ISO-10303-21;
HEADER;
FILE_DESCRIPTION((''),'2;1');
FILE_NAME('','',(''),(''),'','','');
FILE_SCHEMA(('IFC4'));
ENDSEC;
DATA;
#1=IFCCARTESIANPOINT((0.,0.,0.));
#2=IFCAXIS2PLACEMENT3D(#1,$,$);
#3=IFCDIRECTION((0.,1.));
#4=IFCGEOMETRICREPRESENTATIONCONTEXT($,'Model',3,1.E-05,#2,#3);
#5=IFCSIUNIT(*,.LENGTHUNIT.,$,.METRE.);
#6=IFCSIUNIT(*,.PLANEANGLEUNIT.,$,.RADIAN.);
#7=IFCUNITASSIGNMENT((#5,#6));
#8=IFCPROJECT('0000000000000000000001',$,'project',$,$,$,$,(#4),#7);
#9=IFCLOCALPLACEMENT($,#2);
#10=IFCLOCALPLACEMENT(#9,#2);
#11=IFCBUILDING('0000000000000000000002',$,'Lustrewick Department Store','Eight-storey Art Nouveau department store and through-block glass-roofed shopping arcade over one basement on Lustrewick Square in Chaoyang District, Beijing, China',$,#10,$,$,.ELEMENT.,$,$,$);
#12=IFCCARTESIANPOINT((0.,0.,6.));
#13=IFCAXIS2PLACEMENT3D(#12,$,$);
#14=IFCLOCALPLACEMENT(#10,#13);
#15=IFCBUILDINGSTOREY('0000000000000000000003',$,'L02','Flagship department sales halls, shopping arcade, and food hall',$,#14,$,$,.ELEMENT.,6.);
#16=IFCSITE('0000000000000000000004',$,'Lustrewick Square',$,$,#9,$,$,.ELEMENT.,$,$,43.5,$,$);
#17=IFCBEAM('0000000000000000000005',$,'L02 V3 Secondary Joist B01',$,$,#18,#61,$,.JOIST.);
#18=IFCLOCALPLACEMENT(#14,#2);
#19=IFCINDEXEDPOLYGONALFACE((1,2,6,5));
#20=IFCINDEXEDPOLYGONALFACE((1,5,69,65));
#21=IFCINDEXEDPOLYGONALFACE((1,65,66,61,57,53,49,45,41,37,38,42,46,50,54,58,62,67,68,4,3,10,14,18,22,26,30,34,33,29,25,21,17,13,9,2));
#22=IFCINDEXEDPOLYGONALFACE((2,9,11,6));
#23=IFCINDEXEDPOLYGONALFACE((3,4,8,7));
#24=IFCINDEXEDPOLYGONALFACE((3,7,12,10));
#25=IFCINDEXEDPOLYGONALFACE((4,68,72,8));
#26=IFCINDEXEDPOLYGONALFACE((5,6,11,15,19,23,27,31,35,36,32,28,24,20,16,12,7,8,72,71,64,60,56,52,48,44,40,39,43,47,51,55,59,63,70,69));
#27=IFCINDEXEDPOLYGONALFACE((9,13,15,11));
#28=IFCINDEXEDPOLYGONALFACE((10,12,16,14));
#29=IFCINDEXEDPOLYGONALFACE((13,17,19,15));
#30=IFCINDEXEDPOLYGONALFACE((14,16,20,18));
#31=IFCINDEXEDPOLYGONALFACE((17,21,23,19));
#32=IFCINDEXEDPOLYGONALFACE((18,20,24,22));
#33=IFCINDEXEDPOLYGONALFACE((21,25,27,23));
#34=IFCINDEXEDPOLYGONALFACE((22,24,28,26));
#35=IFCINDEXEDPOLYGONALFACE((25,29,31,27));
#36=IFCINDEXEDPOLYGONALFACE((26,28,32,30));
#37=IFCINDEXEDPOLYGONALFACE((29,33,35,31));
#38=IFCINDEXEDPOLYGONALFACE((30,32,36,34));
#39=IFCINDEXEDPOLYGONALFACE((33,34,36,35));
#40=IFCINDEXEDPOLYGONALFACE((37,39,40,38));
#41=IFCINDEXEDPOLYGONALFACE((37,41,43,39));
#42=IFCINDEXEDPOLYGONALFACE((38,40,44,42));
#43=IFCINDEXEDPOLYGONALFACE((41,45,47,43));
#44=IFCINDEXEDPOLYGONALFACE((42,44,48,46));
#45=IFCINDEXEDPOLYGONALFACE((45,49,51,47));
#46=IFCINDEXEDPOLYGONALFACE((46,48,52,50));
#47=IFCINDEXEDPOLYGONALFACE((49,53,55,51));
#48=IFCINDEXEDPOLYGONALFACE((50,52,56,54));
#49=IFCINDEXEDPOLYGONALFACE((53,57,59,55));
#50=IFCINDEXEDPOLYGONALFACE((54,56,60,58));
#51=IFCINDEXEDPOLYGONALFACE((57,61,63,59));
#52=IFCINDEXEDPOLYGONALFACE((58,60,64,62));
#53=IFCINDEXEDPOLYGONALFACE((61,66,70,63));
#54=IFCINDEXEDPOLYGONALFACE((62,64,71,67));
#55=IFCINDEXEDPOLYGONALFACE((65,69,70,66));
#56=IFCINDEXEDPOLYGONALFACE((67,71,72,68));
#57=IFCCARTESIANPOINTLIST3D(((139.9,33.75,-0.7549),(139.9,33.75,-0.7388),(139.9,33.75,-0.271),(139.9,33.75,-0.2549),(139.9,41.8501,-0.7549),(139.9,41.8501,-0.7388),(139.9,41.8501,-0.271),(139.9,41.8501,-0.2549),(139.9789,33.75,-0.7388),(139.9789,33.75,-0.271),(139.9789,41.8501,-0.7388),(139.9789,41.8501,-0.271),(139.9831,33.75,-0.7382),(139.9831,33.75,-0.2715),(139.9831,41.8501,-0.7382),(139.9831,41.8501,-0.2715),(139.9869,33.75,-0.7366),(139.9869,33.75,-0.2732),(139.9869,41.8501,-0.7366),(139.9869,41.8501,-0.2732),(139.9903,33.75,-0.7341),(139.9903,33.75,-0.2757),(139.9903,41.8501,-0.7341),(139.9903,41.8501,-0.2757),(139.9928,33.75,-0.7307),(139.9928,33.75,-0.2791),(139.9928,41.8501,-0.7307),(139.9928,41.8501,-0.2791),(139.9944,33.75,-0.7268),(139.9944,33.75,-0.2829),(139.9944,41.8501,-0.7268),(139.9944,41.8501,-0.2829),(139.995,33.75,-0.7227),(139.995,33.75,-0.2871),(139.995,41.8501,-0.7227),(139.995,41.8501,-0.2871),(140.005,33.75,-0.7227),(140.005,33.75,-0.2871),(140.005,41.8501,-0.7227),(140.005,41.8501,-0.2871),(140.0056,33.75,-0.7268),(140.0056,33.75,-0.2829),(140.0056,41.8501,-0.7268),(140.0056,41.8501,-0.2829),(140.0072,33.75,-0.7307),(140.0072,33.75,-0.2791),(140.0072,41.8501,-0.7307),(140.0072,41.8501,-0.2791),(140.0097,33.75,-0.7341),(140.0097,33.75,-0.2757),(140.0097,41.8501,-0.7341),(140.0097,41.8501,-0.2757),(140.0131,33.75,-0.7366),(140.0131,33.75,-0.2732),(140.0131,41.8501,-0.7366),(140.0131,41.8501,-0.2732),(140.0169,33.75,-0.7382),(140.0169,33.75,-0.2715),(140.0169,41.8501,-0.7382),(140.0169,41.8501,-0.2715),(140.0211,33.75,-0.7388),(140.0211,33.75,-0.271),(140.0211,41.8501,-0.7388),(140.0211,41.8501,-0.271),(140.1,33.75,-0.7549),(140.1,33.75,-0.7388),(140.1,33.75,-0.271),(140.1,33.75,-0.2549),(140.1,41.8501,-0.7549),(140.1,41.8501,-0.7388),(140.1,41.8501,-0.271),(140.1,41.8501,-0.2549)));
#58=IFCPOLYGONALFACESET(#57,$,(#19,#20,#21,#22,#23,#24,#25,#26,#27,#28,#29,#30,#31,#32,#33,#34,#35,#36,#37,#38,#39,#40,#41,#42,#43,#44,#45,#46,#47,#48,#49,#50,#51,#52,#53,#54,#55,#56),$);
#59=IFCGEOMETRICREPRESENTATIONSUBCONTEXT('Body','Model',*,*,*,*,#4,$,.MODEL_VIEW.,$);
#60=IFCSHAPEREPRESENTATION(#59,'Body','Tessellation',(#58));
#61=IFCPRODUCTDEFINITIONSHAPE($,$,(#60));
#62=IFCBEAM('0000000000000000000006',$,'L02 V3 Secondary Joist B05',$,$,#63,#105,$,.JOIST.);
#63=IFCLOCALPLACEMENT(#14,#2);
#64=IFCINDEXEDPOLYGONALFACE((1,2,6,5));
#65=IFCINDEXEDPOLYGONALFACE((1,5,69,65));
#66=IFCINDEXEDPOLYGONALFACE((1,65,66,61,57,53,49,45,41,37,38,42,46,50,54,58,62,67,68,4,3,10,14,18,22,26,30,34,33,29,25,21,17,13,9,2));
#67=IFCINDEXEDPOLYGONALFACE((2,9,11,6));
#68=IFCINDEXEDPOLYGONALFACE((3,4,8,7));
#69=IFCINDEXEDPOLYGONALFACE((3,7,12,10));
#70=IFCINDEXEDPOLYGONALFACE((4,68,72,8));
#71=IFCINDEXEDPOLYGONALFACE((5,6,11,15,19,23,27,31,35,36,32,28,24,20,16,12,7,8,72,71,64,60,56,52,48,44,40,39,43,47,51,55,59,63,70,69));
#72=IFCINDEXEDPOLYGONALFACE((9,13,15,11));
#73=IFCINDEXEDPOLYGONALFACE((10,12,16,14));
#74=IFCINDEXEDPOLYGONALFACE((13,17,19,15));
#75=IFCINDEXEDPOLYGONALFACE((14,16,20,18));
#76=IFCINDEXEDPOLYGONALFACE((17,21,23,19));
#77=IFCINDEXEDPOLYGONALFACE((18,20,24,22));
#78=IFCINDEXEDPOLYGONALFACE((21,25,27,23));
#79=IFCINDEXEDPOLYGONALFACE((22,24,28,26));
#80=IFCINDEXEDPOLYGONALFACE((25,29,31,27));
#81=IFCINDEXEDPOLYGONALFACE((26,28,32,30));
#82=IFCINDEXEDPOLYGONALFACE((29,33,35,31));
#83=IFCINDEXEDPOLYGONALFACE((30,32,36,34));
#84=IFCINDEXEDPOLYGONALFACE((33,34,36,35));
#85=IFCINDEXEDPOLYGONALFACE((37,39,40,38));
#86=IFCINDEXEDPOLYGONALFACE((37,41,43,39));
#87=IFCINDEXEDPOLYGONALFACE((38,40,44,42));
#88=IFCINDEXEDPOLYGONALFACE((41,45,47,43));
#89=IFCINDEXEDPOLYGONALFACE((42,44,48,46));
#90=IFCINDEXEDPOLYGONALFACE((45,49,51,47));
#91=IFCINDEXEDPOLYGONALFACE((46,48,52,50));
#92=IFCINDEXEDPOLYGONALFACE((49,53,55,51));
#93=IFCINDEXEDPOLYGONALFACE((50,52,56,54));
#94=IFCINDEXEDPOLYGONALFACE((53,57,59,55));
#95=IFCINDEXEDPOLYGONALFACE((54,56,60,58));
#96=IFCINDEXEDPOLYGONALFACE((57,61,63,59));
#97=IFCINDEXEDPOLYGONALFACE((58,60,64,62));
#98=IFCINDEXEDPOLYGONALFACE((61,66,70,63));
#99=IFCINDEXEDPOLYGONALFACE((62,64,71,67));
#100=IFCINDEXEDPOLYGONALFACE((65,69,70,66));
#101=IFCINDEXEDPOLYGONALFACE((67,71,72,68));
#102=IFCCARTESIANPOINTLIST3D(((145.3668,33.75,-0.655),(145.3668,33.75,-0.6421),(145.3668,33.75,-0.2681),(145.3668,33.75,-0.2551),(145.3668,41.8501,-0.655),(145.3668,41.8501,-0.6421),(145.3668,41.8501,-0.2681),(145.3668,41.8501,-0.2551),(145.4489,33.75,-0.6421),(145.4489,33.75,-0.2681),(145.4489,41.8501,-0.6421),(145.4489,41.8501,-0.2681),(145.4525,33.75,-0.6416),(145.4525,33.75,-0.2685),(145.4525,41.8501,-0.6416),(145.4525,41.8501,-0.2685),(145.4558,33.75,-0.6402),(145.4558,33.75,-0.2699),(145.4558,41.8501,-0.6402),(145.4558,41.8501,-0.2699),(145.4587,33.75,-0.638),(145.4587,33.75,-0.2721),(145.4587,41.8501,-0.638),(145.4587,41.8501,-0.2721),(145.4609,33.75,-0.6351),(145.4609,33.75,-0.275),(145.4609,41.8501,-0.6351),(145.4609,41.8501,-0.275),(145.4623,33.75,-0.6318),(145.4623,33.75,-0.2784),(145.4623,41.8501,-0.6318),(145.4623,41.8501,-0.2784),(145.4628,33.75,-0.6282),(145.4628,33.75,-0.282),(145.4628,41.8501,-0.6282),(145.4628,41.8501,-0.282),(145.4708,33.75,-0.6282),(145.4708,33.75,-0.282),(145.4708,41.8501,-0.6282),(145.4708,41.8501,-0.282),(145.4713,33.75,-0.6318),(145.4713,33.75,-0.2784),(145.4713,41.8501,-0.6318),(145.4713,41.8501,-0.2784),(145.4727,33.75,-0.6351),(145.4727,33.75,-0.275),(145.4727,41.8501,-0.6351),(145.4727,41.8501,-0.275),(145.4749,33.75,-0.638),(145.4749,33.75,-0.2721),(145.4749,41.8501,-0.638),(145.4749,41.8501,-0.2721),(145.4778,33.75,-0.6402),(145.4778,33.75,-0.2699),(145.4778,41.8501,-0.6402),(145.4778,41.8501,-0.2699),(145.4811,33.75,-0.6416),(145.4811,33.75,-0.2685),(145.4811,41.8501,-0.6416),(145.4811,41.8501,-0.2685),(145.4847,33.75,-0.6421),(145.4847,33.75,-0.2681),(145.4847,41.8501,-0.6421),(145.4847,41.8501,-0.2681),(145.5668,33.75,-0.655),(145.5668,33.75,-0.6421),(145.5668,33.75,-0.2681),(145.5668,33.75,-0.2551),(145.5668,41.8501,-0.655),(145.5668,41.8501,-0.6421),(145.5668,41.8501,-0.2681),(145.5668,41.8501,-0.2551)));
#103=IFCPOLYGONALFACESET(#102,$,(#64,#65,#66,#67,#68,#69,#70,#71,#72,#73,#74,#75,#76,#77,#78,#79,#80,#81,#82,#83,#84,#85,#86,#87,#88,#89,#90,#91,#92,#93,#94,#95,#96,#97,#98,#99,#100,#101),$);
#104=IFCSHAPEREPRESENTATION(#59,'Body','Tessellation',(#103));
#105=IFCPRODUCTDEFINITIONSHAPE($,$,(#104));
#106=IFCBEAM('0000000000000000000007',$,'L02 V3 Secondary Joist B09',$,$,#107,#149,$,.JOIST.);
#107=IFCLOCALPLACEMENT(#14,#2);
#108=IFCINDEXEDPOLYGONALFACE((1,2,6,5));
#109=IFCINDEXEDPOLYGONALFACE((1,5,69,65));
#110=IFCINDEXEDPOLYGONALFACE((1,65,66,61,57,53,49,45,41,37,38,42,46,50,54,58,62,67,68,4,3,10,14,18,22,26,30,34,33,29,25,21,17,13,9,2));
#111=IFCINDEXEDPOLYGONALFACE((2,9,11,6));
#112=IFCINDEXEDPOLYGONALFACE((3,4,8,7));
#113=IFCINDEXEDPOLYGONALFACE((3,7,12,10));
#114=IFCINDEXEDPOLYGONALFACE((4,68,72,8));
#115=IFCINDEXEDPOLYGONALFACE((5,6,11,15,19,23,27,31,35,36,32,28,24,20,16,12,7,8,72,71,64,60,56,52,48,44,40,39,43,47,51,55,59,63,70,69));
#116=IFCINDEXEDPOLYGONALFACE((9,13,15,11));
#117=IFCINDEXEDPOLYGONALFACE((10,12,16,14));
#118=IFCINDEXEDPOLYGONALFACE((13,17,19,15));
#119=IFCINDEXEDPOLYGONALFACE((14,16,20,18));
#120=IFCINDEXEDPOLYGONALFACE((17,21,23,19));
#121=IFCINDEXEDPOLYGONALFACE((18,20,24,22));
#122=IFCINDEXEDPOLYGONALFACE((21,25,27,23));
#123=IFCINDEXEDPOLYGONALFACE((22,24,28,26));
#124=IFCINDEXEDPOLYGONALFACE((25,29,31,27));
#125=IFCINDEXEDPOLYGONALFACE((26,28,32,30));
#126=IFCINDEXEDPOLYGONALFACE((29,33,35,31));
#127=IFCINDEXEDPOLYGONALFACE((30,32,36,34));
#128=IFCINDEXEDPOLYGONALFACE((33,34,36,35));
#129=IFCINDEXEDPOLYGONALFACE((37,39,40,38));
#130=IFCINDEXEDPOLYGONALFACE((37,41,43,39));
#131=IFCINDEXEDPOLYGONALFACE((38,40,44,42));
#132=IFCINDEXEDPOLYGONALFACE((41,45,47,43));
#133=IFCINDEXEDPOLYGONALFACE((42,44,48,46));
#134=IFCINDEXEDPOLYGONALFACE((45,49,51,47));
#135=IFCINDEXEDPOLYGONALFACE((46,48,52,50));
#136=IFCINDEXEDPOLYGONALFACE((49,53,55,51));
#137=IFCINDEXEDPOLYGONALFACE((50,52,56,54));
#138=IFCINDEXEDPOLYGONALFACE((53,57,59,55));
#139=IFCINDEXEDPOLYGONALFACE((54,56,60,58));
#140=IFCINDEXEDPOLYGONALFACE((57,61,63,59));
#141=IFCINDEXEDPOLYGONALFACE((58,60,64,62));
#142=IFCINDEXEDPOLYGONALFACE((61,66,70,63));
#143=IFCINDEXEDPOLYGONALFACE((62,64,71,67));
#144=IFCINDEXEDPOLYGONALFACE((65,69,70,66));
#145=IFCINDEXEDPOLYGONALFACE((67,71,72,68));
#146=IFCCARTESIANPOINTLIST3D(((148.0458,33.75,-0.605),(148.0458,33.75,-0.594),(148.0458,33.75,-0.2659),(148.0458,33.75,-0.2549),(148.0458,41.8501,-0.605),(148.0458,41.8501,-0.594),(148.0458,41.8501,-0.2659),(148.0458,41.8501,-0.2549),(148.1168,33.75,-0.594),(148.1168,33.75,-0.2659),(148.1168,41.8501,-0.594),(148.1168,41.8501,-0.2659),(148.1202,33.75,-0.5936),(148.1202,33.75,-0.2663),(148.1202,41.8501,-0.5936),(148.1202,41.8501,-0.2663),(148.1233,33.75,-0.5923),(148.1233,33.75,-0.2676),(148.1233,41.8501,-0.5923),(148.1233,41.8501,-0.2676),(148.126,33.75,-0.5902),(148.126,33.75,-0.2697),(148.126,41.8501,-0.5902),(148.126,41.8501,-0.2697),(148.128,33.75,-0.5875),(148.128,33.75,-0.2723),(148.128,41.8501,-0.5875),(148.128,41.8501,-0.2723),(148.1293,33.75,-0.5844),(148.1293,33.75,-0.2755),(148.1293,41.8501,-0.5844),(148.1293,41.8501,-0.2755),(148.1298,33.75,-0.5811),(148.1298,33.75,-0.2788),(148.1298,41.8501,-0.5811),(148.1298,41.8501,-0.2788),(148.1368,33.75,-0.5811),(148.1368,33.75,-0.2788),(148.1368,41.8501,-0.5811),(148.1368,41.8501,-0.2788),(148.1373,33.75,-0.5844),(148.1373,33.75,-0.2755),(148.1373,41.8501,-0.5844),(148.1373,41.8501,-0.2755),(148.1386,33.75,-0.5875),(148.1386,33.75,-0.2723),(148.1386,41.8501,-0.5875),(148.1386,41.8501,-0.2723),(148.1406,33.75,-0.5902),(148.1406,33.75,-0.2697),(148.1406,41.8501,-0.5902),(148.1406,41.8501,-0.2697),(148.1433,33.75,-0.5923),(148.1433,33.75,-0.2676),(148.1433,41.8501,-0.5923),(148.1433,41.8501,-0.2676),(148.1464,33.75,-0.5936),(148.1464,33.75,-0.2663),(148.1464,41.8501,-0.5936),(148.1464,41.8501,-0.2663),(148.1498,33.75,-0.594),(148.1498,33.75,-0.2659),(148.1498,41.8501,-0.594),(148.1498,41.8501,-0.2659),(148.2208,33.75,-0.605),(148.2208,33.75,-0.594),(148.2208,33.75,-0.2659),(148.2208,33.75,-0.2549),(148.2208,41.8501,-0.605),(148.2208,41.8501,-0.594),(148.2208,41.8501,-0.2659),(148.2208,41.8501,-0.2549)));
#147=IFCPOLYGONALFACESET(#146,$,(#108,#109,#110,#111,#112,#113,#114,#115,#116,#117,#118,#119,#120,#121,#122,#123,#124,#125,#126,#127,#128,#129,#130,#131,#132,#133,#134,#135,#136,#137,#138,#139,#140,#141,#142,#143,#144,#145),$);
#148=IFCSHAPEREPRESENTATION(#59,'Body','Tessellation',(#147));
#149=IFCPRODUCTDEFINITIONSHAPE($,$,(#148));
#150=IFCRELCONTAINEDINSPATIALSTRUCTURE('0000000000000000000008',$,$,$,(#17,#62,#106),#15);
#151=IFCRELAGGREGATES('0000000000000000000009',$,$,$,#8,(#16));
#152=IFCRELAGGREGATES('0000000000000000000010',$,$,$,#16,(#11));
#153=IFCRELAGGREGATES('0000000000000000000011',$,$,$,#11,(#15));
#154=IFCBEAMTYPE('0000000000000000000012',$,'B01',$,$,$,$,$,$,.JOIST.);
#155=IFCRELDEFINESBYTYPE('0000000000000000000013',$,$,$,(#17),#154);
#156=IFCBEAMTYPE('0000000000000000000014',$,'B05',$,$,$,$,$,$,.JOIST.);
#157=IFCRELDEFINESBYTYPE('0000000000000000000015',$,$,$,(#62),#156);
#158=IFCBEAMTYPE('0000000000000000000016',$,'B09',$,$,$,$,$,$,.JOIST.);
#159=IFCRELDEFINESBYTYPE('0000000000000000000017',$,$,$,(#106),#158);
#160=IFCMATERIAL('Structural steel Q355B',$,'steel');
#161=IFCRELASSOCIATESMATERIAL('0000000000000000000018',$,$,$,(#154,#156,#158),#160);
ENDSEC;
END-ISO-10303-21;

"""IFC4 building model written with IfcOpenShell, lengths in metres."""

from ifc_helpers import new_model, si_unit, direction, frame, origin, origin_2d, place, context, subcontext, project, spatial, i_section, extrude, material, material_profile, profile_set, type_object, element, save


model = new_model("IFC4")

# Units and contexts
model_context = context("Model", 3, precision=1e-05, world=origin(), true_north=direction((0.0, 1.0)))
body_context = subcontext(model_context, "Body", "Model", "MODEL_VIEW")
ifc_project = project(units=[si_unit("LENGTHUNIT", "METRE"), si_unit("PLANEANGLEUNIT", "RADIAN")], contexts=[model_context])

# Site, building, storey
site_placement = place(None, origin())
site = spatial("IfcSite", under=ifc_project, at=site_placement, Name="Lustrewick Square", CompositionType="ELEMENT", RefElevation=43.5)
building_placement = place(site_placement, origin())
building = spatial("IfcBuilding", under=site, at=building_placement, Name="Lustrewick Department Store", Description="Eight-storey Art Nouveau department store and through-block glass-roofed shopping arcade over one basement on Lustrewick Square in Chaoyang District, Beijing, China", CompositionType="ELEMENT")
storey_placement = place(building_placement, frame((0.0, 0.0, 6.0)))
storey = spatial("IfcBuildingStorey", under=building, at=storey_placement, Name="L02", Description="Flagship department sales halls, shopping arcade, and food hall", CompositionType="ELEMENT", Elevation=6.0)

# Shared definitions
ifc_material_1 = material(Name="Structural steel Q355B", Category="steel")

# Beams
ifc_material_profile_1 = material_profile(ifc_material_1, i_section(OverallWidth=0.2, OverallDepth=0.5, WebThickness=0.01, FlangeThickness=0.0161, FilletRadius=0.0161, at=origin_2d()), Name="HN 500x200x10x16")
ifc_profile_set_1 = profile_set([ifc_material_profile_1], Name="Structural steel Q355B")
beam_type_1 = type_object("IfcBeamType", Name="B01", PredefinedType="JOIST", material=ifc_profile_set_1)
beam_1_placement = place(storey_placement, frame((140.0, 33.75, -0.5049), z_axis=(0.0, 1.0, 0.0), x_axis=(-1.0, 0.0, 0.0)))
element("IfcBeam", 1, at=beam_1_placement, inside=storey, type_object=beam_type_1, Name="L02 V3 Secondary Joist B01", PredefinedType="JOIST", context=body_context, shape_type="SweptSolid", body=[
    extrude(i_section(OverallWidth=0.2, OverallDepth=0.5, WebThickness=0.01, FlangeThickness=0.0161, FilletRadius=0.0161, at=origin_2d()), origin(), (0.0, 0.0, 1.0), 8.1001),
])
ifc_material_profile_2 = material_profile(ifc_material_1, i_section(OverallWidth=0.2, OverallDepth=0.3999, WebThickness=0.0081, FlangeThickness=0.0129, FilletRadius=0.0139, at=origin_2d()), Name="HN 400x200x8x13")
ifc_profile_set_2 = profile_set([ifc_material_profile_2], Name="Structural steel Q355B")
beam_type_2 = type_object("IfcBeamType", Name="B05", PredefinedType="JOIST", material=ifc_profile_set_2)
beam_2_placement = place(storey_placement, frame((145.4668, 33.75, -0.4551), z_axis=(0.0, 1.0, 0.0), x_axis=(-1.0, 0.0, 0.0)))
element("IfcBeam", 2, at=beam_2_placement, inside=storey, type_object=beam_type_2, Name="L02 V3 Secondary Joist B05", PredefinedType="JOIST", context=body_context, shape_type="SweptSolid", body=[
    extrude(i_section(OverallWidth=0.2, OverallDepth=0.3999, WebThickness=0.0081, FlangeThickness=0.0129, FilletRadius=0.0139, at=origin_2d()), origin(), (0.0, 0.0, 1.0), 8.1001),
])
ifc_material_profile_3 = material_profile(ifc_material_1, i_section(OverallWidth=0.175, OverallDepth=0.3501, WebThickness=0.0071, FlangeThickness=0.011, FilletRadius=0.0129, at=origin_2d()), Name="HN 350x175x7x11")
ifc_profile_set_3 = profile_set([ifc_material_profile_3], Name="Structural steel Q355B")
beam_type_3 = type_object("IfcBeamType", Name="B09", PredefinedType="JOIST", material=ifc_profile_set_3)
beam_3_placement = place(storey_placement, frame((148.1333, 33.75, -0.4299), z_axis=(0.0, 1.0, 0.0), x_axis=(-1.0, 0.0, 0.0)))
element("IfcBeam", 3, at=beam_3_placement, inside=storey, type_object=beam_type_3, Name="L02 V3 Secondary Joist B09", PredefinedType="JOIST", context=body_context, shape_type="SweptSolid", body=[
    extrude(i_section(OverallWidth=0.175, OverallDepth=0.3501, WebThickness=0.0071, FlangeThickness=0.011, FilletRadius=0.0129, at=origin_2d()), origin(), (0.0, 0.0, 1.0), 8.1001),
])

save(model, "model.ifc")
